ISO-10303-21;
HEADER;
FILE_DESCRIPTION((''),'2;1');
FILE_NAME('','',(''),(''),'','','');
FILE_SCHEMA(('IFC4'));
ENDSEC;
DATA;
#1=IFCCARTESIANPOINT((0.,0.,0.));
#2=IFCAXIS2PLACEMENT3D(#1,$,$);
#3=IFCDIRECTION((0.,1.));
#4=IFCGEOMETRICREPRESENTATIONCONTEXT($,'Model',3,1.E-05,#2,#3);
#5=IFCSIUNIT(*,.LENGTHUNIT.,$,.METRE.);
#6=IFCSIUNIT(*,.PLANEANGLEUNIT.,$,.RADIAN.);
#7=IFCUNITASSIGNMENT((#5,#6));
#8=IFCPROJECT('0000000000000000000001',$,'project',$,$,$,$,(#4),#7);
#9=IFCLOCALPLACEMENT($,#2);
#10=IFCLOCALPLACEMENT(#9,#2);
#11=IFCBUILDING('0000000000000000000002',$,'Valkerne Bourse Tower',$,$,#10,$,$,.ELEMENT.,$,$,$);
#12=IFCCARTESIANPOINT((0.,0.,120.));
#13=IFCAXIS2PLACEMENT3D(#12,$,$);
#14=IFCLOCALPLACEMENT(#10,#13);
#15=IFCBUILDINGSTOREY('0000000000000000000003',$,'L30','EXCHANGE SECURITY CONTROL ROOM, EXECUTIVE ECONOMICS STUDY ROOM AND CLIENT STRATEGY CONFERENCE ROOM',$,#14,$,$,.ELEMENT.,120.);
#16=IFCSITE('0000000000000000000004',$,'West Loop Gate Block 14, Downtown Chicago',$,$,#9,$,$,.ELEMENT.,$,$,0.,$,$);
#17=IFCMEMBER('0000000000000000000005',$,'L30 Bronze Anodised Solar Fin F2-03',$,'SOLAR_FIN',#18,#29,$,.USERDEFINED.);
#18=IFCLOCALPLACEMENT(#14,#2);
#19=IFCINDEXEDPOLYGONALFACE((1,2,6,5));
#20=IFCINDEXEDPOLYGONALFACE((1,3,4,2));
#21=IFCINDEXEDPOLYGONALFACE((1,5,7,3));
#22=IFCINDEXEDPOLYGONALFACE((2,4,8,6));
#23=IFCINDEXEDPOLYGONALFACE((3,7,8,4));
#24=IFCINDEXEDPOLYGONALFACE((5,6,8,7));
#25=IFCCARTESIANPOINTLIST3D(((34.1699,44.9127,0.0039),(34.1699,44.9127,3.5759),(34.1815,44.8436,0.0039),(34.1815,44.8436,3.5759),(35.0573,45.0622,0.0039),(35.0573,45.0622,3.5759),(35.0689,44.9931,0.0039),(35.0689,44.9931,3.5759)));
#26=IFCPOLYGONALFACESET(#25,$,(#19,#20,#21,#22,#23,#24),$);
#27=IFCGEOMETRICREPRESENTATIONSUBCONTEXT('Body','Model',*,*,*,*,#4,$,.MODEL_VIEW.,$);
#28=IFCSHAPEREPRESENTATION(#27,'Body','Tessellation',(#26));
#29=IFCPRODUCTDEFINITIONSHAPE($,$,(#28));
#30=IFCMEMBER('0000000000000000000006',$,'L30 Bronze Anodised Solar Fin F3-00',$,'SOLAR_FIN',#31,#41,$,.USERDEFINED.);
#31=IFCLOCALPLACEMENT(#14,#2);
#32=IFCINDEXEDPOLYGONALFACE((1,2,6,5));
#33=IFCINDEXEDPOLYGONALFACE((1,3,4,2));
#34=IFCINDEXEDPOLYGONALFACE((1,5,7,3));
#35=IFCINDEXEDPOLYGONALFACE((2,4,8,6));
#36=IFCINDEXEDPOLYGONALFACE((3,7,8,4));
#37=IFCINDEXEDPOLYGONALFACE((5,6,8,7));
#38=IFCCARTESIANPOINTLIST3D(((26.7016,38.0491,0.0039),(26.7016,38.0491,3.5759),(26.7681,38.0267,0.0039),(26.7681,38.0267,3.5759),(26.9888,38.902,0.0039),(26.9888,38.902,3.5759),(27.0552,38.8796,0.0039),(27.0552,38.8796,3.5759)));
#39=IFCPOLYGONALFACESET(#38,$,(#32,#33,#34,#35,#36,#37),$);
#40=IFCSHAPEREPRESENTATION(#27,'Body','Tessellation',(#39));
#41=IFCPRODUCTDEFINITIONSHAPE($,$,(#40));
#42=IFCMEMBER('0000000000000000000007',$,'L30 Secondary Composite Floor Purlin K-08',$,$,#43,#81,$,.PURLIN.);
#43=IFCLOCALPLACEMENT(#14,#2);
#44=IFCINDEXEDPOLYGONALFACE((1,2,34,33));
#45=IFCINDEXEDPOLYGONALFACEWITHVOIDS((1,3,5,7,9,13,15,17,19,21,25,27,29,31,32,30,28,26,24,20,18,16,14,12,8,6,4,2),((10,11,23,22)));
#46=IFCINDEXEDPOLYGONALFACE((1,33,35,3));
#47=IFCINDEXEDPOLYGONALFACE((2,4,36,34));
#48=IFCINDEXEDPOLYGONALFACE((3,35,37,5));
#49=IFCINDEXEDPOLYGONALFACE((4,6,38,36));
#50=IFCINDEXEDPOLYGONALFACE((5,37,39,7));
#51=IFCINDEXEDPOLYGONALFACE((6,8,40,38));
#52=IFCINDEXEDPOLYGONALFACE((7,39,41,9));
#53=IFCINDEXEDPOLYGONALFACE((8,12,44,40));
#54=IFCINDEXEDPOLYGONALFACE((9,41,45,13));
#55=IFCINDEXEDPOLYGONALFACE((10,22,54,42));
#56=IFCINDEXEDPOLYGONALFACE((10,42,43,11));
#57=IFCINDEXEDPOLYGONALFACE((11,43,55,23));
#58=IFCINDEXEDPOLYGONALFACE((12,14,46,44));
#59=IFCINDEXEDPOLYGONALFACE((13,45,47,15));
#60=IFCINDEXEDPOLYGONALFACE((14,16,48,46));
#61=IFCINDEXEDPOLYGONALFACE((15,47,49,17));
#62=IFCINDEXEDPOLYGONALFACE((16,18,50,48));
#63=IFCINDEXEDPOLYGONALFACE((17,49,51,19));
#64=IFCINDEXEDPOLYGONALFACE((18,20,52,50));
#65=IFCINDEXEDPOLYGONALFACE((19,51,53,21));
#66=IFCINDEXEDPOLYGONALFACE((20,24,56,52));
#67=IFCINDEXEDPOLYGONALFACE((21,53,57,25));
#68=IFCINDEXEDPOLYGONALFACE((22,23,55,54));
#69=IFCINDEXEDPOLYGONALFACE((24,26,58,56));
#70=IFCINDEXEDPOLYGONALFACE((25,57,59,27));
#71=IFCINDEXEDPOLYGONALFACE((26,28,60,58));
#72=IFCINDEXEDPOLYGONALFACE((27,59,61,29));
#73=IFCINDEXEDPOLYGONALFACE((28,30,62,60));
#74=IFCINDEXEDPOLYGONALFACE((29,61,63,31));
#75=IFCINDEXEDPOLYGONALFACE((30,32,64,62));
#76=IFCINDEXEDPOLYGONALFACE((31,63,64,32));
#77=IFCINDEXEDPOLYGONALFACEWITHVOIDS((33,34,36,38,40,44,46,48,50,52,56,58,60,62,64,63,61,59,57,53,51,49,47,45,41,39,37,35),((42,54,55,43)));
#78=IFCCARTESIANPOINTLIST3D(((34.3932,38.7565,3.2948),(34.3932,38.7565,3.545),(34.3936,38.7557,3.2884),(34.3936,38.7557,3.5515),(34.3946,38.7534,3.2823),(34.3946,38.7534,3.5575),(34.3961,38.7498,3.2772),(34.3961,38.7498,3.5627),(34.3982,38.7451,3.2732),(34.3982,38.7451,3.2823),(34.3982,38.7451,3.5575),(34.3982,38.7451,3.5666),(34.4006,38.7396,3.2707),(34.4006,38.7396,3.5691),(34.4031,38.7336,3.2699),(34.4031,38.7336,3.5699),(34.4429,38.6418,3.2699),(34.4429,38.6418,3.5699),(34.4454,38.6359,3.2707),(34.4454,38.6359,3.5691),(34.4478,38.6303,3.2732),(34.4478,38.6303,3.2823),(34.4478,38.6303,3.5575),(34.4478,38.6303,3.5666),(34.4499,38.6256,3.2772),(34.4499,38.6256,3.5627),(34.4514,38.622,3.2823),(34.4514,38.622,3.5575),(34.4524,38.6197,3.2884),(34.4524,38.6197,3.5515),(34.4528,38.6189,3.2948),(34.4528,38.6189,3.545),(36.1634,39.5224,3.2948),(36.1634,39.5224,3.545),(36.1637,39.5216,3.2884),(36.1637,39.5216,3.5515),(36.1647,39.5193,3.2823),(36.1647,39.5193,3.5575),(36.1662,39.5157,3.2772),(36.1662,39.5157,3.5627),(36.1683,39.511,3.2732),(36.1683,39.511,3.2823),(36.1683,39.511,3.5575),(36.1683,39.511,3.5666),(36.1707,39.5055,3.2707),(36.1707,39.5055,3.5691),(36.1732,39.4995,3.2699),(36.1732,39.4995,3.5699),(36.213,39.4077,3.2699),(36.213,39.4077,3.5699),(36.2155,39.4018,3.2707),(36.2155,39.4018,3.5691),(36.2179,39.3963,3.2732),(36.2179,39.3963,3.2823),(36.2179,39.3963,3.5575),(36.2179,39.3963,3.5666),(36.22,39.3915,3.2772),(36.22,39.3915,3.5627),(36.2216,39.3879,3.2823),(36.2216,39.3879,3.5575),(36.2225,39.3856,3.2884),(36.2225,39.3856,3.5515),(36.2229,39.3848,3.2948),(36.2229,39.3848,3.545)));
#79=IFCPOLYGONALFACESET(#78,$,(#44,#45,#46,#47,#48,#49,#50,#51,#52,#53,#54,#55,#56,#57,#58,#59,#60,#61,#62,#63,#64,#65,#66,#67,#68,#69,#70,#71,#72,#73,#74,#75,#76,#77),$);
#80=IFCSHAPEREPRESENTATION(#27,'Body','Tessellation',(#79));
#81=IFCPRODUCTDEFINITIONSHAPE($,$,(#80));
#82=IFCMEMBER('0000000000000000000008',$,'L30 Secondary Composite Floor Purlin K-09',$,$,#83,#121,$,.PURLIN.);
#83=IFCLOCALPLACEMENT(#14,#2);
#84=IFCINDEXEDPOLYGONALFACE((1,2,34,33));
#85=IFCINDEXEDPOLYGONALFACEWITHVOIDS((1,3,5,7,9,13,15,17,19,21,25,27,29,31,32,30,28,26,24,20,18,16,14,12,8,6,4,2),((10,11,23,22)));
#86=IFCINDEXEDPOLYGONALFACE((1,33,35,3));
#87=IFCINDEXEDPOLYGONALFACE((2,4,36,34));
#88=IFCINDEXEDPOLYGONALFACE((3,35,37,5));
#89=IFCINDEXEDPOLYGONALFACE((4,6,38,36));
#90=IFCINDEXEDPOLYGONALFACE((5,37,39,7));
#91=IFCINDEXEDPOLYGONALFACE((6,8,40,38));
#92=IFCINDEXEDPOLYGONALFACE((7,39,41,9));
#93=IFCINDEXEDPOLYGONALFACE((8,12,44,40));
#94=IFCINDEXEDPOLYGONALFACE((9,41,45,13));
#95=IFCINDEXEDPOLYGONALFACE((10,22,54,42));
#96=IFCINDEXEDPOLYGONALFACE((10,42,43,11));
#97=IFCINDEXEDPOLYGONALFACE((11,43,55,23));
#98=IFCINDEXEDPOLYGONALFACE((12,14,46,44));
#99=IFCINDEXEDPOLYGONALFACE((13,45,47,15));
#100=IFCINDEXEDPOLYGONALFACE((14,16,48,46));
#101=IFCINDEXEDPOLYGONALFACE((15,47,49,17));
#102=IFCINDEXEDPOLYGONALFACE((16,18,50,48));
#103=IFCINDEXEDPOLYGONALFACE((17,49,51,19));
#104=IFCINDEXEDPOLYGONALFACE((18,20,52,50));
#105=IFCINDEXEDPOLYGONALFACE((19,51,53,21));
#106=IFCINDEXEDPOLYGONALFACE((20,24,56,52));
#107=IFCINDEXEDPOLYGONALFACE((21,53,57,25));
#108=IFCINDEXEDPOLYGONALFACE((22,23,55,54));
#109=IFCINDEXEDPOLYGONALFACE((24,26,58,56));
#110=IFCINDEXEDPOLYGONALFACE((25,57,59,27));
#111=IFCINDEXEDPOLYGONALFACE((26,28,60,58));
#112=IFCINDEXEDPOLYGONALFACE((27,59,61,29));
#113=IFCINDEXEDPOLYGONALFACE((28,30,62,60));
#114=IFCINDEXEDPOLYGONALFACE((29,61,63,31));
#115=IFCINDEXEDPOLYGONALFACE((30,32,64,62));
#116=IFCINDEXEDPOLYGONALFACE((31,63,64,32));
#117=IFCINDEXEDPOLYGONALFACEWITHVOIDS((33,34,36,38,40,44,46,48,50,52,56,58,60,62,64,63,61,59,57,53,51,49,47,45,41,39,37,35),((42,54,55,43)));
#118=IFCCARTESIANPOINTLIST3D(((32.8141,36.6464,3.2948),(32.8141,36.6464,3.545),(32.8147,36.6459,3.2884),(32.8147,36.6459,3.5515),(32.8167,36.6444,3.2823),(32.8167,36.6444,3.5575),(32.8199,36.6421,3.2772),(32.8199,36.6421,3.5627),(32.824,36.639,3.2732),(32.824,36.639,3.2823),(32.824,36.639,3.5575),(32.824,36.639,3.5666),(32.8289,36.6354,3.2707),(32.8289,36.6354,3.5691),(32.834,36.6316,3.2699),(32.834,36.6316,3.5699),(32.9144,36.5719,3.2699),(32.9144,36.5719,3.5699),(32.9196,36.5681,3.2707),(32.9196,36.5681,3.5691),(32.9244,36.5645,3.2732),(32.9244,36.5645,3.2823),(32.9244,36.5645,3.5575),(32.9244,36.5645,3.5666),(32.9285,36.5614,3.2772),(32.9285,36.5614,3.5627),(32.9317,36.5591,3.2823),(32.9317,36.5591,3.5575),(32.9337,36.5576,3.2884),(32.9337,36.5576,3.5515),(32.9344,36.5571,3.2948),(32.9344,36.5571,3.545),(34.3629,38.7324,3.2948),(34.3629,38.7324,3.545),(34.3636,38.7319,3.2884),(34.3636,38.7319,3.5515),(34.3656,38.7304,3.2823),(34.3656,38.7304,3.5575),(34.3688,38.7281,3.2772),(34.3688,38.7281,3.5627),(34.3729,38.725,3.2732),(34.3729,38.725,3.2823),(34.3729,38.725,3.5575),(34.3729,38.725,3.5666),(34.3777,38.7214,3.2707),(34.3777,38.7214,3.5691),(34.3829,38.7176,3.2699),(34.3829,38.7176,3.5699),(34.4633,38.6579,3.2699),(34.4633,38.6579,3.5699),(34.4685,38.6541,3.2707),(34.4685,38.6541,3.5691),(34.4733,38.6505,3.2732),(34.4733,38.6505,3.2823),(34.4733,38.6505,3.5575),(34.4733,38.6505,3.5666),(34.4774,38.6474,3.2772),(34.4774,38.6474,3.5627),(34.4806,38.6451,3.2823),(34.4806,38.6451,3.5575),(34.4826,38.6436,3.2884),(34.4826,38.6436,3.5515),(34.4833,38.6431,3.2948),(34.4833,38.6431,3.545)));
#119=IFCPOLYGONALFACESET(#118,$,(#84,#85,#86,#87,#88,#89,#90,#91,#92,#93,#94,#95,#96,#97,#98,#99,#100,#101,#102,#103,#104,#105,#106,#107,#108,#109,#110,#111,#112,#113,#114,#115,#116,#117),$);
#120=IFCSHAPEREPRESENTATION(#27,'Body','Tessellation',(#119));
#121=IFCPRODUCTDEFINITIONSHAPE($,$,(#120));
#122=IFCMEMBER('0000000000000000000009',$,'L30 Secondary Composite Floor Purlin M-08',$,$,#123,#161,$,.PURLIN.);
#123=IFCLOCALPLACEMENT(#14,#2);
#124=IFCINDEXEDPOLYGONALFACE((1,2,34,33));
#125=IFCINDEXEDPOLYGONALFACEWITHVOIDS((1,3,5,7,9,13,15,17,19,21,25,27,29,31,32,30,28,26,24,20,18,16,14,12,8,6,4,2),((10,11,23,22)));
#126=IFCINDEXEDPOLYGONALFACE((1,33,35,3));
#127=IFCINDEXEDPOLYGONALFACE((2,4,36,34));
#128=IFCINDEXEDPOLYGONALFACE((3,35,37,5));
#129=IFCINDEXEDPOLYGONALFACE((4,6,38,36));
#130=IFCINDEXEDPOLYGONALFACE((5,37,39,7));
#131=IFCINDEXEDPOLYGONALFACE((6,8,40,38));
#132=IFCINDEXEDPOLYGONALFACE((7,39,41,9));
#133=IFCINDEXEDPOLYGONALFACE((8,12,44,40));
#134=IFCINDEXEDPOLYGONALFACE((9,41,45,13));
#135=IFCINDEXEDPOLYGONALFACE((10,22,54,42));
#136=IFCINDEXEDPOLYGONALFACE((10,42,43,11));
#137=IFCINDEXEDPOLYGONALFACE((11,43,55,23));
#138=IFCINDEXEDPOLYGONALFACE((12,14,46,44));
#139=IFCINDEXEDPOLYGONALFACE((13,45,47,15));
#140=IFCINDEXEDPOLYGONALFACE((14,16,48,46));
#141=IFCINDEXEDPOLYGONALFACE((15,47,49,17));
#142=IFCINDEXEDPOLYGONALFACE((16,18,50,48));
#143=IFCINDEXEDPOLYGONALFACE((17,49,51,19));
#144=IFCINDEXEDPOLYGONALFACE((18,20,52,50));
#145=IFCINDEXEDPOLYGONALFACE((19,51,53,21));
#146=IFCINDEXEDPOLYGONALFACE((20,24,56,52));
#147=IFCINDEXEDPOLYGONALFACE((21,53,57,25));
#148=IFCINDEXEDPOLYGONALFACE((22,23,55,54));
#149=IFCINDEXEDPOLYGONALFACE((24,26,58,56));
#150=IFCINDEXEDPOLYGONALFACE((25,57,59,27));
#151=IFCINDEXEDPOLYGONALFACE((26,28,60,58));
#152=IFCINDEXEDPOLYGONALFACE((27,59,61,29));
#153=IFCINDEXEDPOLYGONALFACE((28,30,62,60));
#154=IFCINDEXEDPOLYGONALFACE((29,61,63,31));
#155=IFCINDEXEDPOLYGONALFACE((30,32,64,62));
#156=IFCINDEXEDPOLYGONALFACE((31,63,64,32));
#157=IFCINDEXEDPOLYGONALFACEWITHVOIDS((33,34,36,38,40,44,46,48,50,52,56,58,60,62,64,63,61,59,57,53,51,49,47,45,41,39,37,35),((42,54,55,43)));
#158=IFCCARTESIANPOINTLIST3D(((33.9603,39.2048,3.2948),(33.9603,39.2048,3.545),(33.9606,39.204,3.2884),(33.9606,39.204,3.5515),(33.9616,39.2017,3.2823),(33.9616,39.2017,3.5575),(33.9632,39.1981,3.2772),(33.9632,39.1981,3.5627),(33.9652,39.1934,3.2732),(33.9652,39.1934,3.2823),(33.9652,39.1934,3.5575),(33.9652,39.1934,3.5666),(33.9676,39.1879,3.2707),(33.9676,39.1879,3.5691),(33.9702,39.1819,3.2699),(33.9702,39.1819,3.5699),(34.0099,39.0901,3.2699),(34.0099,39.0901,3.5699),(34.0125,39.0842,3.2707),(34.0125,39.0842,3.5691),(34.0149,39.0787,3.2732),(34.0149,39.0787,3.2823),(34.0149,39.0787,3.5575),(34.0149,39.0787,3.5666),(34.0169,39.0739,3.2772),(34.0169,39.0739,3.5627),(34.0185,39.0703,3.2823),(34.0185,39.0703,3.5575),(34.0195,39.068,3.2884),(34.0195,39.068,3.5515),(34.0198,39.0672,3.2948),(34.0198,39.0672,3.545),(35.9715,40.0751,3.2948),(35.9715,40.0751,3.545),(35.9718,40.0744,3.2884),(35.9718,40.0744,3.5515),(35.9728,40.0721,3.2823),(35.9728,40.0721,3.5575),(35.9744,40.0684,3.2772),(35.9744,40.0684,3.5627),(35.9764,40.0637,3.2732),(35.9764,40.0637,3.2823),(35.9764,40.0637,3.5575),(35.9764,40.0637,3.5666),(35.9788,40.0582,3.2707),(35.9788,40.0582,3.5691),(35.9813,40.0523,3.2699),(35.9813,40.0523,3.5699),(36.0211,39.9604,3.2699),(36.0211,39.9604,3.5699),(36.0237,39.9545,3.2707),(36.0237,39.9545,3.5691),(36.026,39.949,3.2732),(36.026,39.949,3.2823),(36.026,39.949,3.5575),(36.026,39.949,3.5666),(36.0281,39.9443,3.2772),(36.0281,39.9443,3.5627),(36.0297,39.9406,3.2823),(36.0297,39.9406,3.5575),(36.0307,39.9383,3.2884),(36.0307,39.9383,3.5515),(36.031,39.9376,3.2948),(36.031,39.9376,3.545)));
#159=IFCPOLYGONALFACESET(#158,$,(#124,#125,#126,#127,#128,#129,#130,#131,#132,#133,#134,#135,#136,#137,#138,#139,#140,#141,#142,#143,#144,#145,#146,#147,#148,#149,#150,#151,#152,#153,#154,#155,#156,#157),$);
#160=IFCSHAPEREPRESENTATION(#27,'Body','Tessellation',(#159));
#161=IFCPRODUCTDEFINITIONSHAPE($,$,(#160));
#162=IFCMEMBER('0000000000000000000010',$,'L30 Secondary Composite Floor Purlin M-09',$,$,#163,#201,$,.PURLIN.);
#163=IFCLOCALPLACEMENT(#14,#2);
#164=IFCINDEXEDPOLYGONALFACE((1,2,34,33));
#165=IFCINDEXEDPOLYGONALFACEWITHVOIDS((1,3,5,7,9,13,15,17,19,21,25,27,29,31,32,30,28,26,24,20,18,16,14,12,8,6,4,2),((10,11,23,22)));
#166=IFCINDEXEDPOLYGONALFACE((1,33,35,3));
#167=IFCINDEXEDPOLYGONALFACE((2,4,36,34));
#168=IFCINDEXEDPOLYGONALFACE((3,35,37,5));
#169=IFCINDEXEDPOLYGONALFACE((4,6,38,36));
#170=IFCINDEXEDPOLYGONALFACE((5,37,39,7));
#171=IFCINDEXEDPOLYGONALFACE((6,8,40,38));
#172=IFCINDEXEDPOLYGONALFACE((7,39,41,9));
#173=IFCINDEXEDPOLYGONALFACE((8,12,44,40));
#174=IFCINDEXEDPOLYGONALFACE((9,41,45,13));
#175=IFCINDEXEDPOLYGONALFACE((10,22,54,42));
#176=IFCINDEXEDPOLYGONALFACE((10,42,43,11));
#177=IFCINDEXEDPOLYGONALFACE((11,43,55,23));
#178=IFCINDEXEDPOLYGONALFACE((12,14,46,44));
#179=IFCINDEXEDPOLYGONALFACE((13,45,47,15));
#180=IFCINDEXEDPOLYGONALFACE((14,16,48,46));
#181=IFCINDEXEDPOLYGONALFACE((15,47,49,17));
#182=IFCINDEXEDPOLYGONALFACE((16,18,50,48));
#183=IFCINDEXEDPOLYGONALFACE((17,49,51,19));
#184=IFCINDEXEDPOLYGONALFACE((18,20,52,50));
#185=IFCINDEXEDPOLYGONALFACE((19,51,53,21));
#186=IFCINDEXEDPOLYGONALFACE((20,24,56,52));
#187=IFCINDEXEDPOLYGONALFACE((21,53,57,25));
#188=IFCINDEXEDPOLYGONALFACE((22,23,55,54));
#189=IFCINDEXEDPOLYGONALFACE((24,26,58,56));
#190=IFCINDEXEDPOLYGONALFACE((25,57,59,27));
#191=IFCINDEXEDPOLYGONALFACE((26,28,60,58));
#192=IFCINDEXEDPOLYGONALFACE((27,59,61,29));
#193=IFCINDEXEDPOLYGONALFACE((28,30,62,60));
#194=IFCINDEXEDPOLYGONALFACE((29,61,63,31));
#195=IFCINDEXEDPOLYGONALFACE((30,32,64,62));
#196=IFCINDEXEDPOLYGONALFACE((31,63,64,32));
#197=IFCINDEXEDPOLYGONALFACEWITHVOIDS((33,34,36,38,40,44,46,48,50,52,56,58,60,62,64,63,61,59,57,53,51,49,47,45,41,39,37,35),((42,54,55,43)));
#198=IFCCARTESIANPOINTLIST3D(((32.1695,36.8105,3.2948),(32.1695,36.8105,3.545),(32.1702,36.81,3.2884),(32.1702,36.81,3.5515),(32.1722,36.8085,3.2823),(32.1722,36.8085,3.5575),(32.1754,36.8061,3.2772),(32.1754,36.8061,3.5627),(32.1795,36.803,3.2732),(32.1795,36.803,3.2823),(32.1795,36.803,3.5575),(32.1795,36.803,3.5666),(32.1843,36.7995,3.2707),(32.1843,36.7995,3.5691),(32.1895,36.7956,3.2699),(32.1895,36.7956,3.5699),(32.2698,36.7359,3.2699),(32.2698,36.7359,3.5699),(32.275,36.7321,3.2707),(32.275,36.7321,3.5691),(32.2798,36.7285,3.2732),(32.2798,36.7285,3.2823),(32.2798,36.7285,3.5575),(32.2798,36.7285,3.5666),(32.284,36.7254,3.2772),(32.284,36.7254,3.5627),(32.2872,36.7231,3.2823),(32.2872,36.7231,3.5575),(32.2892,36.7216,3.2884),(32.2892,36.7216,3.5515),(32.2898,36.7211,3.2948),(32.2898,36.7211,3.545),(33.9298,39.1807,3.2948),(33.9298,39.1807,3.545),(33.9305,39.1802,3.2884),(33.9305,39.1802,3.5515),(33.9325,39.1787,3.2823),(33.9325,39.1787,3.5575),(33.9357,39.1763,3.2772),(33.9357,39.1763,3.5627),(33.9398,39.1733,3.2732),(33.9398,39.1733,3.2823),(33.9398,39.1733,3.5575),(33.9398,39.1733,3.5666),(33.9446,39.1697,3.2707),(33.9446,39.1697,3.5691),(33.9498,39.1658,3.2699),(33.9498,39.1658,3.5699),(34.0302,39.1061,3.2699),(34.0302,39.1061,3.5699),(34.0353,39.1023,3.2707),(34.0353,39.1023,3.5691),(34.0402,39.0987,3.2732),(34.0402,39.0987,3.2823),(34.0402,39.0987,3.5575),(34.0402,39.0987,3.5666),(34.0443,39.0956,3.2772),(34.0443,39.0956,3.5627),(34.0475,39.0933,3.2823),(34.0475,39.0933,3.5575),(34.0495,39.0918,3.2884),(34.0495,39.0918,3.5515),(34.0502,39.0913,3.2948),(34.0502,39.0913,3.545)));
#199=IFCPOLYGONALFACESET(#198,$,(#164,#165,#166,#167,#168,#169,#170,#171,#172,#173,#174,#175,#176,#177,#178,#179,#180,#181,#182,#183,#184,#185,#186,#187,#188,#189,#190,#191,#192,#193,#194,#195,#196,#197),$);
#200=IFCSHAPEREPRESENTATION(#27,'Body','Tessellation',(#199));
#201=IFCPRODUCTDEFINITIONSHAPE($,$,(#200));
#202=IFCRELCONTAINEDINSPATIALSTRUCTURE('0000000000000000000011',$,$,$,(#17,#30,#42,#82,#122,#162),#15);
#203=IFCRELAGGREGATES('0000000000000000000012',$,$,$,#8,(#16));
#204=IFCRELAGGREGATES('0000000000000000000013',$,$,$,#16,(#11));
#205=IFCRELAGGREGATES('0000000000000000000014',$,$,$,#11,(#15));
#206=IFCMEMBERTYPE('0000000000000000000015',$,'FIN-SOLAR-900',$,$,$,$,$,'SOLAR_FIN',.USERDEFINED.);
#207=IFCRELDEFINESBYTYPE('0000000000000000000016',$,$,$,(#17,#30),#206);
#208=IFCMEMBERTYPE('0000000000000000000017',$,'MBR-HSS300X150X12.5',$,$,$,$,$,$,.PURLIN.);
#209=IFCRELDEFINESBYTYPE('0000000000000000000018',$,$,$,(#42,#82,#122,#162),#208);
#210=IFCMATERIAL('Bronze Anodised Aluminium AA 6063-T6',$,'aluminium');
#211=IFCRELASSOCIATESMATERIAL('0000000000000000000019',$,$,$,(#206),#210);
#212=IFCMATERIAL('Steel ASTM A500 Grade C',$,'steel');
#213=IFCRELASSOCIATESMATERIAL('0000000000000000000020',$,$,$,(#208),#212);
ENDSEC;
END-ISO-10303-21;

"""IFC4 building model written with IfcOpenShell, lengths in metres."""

from ifc_helpers import new_model, si_unit, direction, frame, origin, origin_2d, place, context, subcontext, project, spatial, rectangle, hollow_rectangle, extrude, material, material_profile, profile_set, type_object, element, save


model = new_model("IFC4")

# Units and contexts
model_context = context("Model", 3, precision=1e-05, world=origin(), true_north=direction((0.0, 1.0)))
body_context = subcontext(model_context, "Body", "Model", "MODEL_VIEW")
ifc_project = project(units=[si_unit("LENGTHUNIT", "METRE"), si_unit("PLANEANGLEUNIT", "RADIAN")], contexts=[model_context])

# Site, building, storey
site_placement = place(None, origin())
site = spatial("IfcSite", under=ifc_project, at=site_placement, Name="West Loop Gate Block 14, Downtown Chicago", CompositionType="ELEMENT", RefElevation=0.0)
building_placement = place(site_placement, origin())
building = spatial("IfcBuilding", under=site, at=building_placement, Name="Valkerne Bourse Tower", CompositionType="ELEMENT")
storey_placement = place(building_placement, frame((0.0, 0.0, 120.0)))
storey = spatial("IfcBuildingStorey", under=building, at=storey_placement, Name="L30", Description="EXCHANGE SECURITY CONTROL ROOM, EXECUTIVE ECONOMICS STUDY ROOM AND CLIENT STRATEGY CONFERENCE ROOM", CompositionType="ELEMENT", Elevation=120.0)

# Members
ifc_material_1 = material(Name="Bronze Anodised Aluminium AA 6063-T6", Category="aluminium")
ifc_material_profile_1 = material_profile(ifc_material_1, rectangle(XDim=0.0701, YDim=0.8999, at=origin_2d()), Name="FIN-70X900")
ifc_profile_set_1 = profile_set([ifc_material_profile_1], Name="Bronze Anodised Aluminium AA 6063-T6")
member_type_1 = type_object("IfcMemberType", Name="FIN-SOLAR-900", ElementType="SOLAR_FIN", PredefinedType="USERDEFINED", material=ifc_profile_set_1)
for number, where, z_axis, x_axis, name in (
    (1, (34.6194, 44.9529, 0.0039), (0.0, 0.0, 1.0), (-0.166183, 0.986095, 0.0), "L30 Bronze Anodised Solar Fin F2-03"),
    (2, (26.8784, 38.4644, 0.0039), (0.0, 0.0, 1.0), (-0.947729, 0.319075, 0.0), "L30 Bronze Anodised Solar Fin F3-00"),
):
    element("IfcMember", number, at=place(storey_placement, frame(where, z_axis=z_axis, x_axis=x_axis)), inside=storey, type_object=member_type_1, Name=name, ObjectType="SOLAR_FIN", PredefinedType="USERDEFINED", context=body_context, shape_type="SweptSolid", body=[
        extrude(rectangle(XDim=0.0701, YDim=0.8999, at=origin_2d()), origin(), (0.0, 0.0, 1.0), 3.572),
    ])
ifc_material_2 = material(Name="Steel ASTM A500 Grade C", Category="steel")
ifc_material_profile_2 = material_profile(ifc_material_2, hollow_rectangle(XDim=0.1499, YDim=0.3, WallThickness=0.0125, OuterFilletRadius=0.0249, at=origin_2d()), Name="HSS300X150X12.5")
ifc_profile_set_2 = profile_set([ifc_material_profile_2], Name="Steel ASTM A500 Grade C")
member_type_2 = type_object("IfcMemberType", Name="MBR-HSS300X150X12.5", PredefinedType="PURLIN", material=ifc_profile_set_2)
member_1_placement = place(storey_placement, frame((36.1931, 39.4536, 3.4199), z_axis=(-0.917771, -0.39711, 0.0), x_axis=(0.39711, -0.917771, 0.0)))
element("IfcMember", 3, at=member_1_placement, inside=storey, type_object=member_type_2, Name="L30 Secondary Composite Floor Purlin K-08", PredefinedType="PURLIN", context=body_context, shape_type="SweptSolid", body=[
    extrude(hollow_rectangle(XDim=0.1499, YDim=0.3, WallThickness=0.0125, OuterFilletRadius=0.0249, at=origin_2d()), origin(), (0.0, 0.0, 1.0), 1.9287),
])
member_2_placement = place(storey_placement, frame((34.4231, 38.6877, 3.4199), z_axis=(-0.596144, -0.802877, 0.0), x_axis=(0.802877, -0.596144, 0.0)))
element("IfcMember", 4, at=member_2_placement, inside=storey, type_object=member_type_2, Name="L30 Secondary Composite Floor Purlin K-09", PredefinedType="PURLIN", context=body_context, shape_type="SweptSolid", body=[
    extrude(hollow_rectangle(XDim=0.1499, YDim=0.3, WallThickness=0.0125, OuterFilletRadius=0.0249, at=origin_2d()), origin(), (0.0, 0.0, 1.0), 2.5981),
])
member_3_placement = place(storey_placement, frame((36.0012, 40.0063, 3.4199), z_axis=(-0.917751, -0.397157, 0.0), x_axis=(0.397157, -0.917751, 0.0)))
element("IfcMember", 5, at=member_3_placement, inside=storey, type_object=member_type_2, Name="L30 Secondary Composite Floor Purlin M-08", PredefinedType="PURLIN", context=body_context, shape_type="SweptSolid", body=[
    extrude(hollow_rectangle(XDim=0.1499, YDim=0.3, WallThickness=0.0125, OuterFilletRadius=0.0249, at=origin_2d()), origin(), (0.0, 0.0, 1.0), 2.1914),
])
member_4_placement = place(storey_placement, frame((33.99, 39.136, 3.4199), z_axis=(-0.596236, -0.802809, 0.0), x_axis=(0.802809, -0.596236, 0.0)))
element("IfcMember", 6, at=member_4_placement, inside=storey, type_object=member_type_2, Name="L30 Secondary Composite Floor Purlin M-09", PredefinedType="PURLIN", context=body_context, shape_type="SweptSolid", body=[
    extrude(hollow_rectangle(XDim=0.1499, YDim=0.3, WallThickness=0.0125, OuterFilletRadius=0.0249, at=origin_2d()), origin(), (0.0, 0.0, 1.0), 2.9524),
])

save(model, "model.ifc")
